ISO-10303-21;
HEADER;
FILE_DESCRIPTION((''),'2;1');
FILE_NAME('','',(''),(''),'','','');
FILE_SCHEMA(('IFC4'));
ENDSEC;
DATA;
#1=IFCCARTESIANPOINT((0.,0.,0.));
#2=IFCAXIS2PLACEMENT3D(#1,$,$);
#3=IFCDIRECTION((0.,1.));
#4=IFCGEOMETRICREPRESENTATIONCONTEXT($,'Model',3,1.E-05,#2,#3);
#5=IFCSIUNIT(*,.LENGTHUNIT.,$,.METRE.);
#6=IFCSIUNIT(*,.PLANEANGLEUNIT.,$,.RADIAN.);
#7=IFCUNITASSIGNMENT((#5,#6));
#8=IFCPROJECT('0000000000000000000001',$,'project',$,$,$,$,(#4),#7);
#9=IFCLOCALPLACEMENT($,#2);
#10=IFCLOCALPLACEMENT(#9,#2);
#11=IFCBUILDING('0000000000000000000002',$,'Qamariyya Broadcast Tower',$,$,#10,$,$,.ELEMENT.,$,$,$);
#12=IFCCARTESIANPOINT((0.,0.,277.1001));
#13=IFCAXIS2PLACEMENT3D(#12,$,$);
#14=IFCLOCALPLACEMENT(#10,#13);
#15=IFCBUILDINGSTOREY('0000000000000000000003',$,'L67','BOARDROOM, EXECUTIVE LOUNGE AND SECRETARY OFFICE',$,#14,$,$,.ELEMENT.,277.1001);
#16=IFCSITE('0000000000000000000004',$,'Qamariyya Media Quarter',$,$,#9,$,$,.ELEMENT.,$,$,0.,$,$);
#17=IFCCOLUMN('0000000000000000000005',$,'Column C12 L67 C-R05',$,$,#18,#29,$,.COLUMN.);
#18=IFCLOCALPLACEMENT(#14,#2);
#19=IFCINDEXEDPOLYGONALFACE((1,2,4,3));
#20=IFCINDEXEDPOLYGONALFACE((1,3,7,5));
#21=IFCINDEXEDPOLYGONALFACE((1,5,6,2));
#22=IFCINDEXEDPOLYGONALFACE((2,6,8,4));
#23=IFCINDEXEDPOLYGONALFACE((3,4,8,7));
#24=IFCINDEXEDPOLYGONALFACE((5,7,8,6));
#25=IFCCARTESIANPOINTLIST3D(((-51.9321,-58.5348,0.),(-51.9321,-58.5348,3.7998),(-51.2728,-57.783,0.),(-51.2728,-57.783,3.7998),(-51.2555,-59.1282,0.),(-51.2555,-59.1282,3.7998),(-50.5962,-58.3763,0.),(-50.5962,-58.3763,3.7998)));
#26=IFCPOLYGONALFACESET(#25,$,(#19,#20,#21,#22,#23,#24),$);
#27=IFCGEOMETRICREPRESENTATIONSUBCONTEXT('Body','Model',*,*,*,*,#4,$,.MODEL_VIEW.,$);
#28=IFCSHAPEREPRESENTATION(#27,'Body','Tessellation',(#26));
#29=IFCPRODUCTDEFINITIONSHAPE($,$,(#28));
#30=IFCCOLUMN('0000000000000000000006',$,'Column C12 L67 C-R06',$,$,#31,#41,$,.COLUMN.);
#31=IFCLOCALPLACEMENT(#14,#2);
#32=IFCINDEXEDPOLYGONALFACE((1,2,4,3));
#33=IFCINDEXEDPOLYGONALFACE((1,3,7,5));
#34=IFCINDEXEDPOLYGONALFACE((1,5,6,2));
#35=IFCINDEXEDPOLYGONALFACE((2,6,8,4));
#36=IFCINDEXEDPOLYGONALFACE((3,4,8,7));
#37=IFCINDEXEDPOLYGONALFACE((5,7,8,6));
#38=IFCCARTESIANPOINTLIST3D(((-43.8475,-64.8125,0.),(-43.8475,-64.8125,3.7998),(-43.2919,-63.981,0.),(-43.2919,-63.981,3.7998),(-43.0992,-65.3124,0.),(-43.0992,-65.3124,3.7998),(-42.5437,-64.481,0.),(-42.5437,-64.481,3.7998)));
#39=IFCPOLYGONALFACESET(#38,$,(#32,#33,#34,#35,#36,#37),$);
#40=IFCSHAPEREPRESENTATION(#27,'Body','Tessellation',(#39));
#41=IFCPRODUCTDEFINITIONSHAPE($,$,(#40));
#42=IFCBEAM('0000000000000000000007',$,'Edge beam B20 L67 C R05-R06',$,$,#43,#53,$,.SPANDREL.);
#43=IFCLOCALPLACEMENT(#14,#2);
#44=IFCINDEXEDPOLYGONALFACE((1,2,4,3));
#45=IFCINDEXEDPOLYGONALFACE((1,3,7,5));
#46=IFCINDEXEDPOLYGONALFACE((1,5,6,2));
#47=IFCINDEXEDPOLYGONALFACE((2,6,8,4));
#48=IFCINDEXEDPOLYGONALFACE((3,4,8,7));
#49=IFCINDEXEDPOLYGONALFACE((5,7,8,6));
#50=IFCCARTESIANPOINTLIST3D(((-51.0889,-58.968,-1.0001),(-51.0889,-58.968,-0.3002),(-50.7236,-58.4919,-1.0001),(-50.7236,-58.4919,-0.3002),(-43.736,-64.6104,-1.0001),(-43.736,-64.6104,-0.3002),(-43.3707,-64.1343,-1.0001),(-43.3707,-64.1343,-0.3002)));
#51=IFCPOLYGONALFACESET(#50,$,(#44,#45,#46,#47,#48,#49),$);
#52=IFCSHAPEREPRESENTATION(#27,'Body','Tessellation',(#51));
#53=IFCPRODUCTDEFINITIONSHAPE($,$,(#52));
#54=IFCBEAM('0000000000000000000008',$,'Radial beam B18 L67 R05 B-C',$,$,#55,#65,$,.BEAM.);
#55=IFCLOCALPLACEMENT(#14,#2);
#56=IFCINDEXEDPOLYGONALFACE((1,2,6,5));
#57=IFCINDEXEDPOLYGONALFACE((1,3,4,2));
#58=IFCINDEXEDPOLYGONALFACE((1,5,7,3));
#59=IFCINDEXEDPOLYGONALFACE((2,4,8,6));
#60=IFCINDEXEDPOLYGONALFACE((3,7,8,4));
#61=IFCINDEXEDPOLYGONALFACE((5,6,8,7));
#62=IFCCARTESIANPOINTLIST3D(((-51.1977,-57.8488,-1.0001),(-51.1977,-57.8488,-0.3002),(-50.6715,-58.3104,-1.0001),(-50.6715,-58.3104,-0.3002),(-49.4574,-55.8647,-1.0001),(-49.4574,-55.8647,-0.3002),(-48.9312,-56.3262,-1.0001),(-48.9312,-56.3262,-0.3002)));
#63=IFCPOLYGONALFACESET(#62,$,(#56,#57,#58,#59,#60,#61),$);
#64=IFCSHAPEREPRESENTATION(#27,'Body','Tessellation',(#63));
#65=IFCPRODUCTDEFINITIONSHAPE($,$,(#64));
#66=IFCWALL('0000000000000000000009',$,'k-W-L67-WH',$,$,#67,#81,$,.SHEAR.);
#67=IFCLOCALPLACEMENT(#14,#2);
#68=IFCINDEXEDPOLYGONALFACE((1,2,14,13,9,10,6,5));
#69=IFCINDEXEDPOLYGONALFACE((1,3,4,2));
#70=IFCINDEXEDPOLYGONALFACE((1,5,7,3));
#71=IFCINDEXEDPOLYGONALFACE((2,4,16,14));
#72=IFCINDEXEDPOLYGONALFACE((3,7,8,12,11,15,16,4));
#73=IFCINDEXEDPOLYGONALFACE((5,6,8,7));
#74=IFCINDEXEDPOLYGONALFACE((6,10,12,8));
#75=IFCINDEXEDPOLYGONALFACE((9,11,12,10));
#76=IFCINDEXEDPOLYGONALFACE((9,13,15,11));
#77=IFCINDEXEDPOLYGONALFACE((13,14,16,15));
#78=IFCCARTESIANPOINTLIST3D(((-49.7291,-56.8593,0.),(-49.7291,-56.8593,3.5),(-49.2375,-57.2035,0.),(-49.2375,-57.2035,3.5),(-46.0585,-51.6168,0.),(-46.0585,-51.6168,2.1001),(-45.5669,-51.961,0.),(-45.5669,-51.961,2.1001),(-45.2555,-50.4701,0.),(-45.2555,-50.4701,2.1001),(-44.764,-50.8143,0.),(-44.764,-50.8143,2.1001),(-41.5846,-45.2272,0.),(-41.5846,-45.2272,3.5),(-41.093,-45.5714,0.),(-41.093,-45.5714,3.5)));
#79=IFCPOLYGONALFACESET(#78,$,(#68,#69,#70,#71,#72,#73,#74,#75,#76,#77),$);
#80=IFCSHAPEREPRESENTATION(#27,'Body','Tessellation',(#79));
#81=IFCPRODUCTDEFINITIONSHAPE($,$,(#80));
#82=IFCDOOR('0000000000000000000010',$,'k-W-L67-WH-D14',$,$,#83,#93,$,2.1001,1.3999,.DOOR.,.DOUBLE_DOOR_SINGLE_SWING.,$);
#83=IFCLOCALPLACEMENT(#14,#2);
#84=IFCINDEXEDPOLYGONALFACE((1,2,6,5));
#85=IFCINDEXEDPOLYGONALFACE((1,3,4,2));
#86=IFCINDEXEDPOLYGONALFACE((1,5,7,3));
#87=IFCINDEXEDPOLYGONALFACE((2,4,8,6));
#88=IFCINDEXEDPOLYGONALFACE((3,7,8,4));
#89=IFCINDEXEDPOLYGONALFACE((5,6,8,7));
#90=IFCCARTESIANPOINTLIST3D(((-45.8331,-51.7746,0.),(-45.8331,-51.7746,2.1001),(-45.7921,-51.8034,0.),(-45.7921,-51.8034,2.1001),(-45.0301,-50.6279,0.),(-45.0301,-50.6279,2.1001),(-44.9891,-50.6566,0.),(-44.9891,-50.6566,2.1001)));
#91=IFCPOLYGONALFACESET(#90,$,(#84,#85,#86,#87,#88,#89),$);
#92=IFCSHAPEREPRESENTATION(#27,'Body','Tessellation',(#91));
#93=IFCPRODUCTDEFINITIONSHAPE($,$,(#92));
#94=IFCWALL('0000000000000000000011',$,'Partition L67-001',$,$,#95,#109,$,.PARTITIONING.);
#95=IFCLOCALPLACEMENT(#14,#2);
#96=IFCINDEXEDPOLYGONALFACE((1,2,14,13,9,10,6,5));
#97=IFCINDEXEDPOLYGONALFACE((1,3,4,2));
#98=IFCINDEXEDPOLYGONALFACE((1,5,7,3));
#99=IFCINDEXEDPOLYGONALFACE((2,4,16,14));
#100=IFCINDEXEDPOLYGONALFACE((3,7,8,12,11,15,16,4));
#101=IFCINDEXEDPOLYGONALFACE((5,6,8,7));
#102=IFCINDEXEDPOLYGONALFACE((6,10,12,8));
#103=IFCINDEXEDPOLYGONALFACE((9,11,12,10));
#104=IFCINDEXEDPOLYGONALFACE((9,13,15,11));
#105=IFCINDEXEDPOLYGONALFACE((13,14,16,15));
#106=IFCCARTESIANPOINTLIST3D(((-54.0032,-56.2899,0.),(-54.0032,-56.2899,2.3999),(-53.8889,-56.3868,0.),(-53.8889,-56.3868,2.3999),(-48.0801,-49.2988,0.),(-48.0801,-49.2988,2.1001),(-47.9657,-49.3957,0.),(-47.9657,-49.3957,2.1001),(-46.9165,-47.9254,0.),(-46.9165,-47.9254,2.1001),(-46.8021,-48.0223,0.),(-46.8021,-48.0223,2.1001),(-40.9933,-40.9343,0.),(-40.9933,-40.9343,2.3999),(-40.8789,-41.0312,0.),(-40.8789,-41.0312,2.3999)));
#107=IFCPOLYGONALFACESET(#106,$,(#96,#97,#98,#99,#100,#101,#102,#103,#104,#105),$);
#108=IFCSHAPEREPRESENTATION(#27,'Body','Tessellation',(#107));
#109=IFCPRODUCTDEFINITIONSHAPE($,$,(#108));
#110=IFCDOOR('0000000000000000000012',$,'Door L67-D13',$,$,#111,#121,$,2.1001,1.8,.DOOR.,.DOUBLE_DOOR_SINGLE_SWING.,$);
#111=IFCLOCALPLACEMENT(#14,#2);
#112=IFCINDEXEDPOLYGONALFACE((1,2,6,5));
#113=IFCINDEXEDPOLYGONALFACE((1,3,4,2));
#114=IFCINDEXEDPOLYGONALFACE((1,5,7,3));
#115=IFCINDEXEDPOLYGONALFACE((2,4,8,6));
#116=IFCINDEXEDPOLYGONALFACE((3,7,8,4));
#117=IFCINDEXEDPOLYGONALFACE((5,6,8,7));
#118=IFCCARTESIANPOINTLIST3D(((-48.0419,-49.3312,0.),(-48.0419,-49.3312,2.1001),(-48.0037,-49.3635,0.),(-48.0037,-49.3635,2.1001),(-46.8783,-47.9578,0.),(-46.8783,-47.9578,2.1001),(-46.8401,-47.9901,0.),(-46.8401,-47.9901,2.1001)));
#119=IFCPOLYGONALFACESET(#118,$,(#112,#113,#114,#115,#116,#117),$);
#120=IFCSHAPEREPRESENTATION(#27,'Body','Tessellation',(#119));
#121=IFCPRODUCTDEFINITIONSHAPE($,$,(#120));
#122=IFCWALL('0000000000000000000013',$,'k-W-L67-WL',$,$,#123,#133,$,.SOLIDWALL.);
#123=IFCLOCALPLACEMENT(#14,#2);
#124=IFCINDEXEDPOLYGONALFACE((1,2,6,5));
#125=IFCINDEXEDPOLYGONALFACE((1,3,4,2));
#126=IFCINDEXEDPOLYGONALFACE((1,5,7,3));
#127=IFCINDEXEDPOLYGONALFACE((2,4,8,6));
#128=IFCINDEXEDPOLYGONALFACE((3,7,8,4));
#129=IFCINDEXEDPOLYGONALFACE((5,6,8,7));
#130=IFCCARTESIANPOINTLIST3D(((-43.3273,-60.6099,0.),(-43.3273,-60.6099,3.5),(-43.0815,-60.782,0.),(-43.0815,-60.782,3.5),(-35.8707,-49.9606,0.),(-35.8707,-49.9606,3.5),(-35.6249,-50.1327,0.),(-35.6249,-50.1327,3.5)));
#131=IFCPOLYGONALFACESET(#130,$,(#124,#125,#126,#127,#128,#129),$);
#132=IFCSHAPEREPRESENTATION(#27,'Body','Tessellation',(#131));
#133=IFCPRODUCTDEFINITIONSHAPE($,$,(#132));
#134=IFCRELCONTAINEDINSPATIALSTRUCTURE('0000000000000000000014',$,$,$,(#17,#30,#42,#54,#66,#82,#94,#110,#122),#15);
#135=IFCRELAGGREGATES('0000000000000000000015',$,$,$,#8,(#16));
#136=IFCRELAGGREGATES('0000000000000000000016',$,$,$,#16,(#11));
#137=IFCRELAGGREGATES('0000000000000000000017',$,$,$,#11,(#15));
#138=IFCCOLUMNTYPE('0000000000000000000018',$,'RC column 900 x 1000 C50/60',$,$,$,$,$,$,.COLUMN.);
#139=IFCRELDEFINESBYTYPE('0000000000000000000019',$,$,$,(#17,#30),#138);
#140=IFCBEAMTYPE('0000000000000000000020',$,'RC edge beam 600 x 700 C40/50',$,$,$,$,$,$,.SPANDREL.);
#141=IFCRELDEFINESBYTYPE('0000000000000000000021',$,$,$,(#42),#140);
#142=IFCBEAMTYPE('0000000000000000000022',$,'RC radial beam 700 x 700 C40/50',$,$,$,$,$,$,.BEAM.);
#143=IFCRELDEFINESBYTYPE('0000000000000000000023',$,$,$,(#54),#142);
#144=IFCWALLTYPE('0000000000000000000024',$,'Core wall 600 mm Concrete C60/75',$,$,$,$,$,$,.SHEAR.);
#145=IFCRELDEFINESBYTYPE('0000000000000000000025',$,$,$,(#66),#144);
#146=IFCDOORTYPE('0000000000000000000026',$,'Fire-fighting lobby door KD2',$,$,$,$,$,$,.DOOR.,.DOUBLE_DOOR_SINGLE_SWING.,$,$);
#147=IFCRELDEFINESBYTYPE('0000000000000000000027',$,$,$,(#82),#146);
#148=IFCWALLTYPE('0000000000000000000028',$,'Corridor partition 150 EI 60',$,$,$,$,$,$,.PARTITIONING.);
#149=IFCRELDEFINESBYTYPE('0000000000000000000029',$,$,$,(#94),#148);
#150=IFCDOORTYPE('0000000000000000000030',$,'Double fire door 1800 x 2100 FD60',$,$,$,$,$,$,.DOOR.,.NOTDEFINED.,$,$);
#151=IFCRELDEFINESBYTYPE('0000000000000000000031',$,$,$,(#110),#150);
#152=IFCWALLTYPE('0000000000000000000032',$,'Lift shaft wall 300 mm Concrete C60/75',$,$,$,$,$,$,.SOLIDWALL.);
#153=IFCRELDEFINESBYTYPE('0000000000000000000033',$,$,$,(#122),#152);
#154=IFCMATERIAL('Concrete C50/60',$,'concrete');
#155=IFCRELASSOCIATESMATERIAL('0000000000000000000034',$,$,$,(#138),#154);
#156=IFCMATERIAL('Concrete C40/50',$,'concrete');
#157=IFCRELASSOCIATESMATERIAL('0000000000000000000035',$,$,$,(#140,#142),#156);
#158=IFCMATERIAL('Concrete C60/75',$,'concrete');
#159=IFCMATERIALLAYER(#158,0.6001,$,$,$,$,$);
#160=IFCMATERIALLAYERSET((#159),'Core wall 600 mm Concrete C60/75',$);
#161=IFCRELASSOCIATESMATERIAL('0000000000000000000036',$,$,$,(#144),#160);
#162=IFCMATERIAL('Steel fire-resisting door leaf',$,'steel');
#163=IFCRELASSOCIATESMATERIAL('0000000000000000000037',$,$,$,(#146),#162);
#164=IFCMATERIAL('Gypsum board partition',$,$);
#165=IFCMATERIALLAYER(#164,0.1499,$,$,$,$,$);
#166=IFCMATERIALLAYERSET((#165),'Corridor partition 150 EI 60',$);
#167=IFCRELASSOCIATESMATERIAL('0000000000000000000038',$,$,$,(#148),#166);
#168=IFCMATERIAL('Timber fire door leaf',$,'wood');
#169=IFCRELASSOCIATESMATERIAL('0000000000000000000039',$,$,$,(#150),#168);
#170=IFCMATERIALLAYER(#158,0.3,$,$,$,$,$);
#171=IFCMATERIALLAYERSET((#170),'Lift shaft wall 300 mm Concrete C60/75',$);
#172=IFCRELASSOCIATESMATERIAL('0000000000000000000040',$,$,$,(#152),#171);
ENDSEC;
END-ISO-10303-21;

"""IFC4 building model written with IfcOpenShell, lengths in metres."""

from ifc_helpers import new_model, si_unit, direction, frame, frame_2d, origin, origin_2d, place, context, subcontext, project, spatial, rectangle, extrude, material, layer, layer_set, material_profile, profile_set, type_object, element, fill, save


model = new_model("IFC4")

# Units and contexts
model_context = context("Model", 3, precision=1e-05, world=origin(), true_north=direction((0.0, 1.0)))
body_context = subcontext(model_context, "Body", "Model", "MODEL_VIEW")
ifc_project = project(units=[si_unit("LENGTHUNIT", "METRE"), si_unit("PLANEANGLEUNIT", "RADIAN")], contexts=[model_context])

# Site, building, storey
site_placement = place(None, origin())
site = spatial("IfcSite", under=ifc_project, at=site_placement, Name="Qamariyya Media Quarter", CompositionType="ELEMENT", RefElevation=0.0)
building_placement = place(site_placement, origin())
building = spatial("IfcBuilding", under=site, at=building_placement, Name="Qamariyya Broadcast Tower", CompositionType="ELEMENT")
storey_placement = place(building_placement, frame((0.0, 0.0, 277.1001)))
storey = spatial("IfcBuildingStorey", under=building, at=storey_placement, Name="L67", Description="BOARDROOM, EXECUTIVE LOUNGE AND SECRETARY OFFICE", CompositionType="ELEMENT", Elevation=277.1001)

# Columns
ifc_material_1 = material(Name="Concrete C50/60", Category="concrete")
ifc_material_profile_1 = material_profile(ifc_material_1, rectangle(XDim=0.8999, YDim=1.0, at=origin_2d()))
ifc_profile_set_1 = profile_set([ifc_material_profile_1], Name="Concrete C50/60")
column_type = type_object("IfcColumnType", Name="RC column 900 x 1000 C50/60", PredefinedType="COLUMN", material=ifc_profile_set_1)
for number, where, z_axis, x_axis, name in (
    (1, (-51.2642, -58.4556, 0.0), (0.0, 0.0, 1.0), (0.75184, -0.659346, 0.0), "Column C12 L67 C-R05"),
    (2, (-43.1956, -64.6467, 0.0), (0.0, 0.0, 1.0), (0.83147, -0.55557, 0.0), "Column C12 L67 C-R06"),
):
    element("IfcColumn", number, at=place(storey_placement, frame(where, z_axis=z_axis, x_axis=x_axis)), inside=storey, type_object=column_type, Name=name, PredefinedType="COLUMN", context=body_context, shape_type="SweptSolid", body=[
        extrude(rectangle(XDim=0.8999, YDim=1.0, at=origin_2d()), origin(), (0.0, 0.0, 1.0), 3.7998),
    ])

# Beams
ifc_material_2 = material(Name="Concrete C40/50", Category="concrete")
ifc_material_profile_2 = material_profile(ifc_material_2, rectangle(XDim=0.6001, YDim=0.7, at=origin_2d()))
ifc_profile_set_2 = profile_set([ifc_material_profile_2], Name="Concrete C40/50")
beam_type_1 = type_object("IfcBeamType", Name="RC edge beam 600 x 700 C40/50", PredefinedType="SPANDREL", material=ifc_profile_set_2)
beam_1_placement = place(storey_placement, frame((-50.9062, -58.73, -0.6501), z_axis=(0.793335, -0.608785, 0.0), x_axis=(0.608785, 0.793335, 0.0)))
element("IfcBeam", 3, at=beam_1_placement, inside=storey, type_object=beam_type_1, Name="Edge beam B20 L67 C R05-R06", PredefinedType="SPANDREL", context=body_context, shape_type="SweptSolid", body=[
    extrude(rectangle(XDim=0.6001, YDim=0.7, at=origin_2d()), origin(), (0.0, 0.0, 1.0), 9.2683),
])
ifc_material_profile_3 = material_profile(ifc_material_2, rectangle(XDim=0.7, YDim=0.7, at=origin_2d()))
ifc_profile_set_3 = profile_set([ifc_material_profile_3], Name="Concrete C40/50")
beam_type_2 = type_object("IfcBeamType", Name="RC radial beam 700 x 700 C40/50", PredefinedType="BEAM", material=ifc_profile_set_3)
beam_2_placement = place(storey_placement, frame((-49.1943, -56.0955, -0.6501), z_axis=(-0.659388, -0.751803, 0.0), x_axis=(0.751803, -0.659388, 0.0)))
element("IfcBeam", 4, at=beam_2_placement, inside=storey, type_object=beam_type_2, Name="Radial beam B18 L67 R05 B-C", PredefinedType="BEAM", context=body_context, shape_type="SweptSolid", body=[
    extrude(rectangle(XDim=0.7, YDim=0.7, at=origin_2d()), origin(), (0.0, 0.0, 1.0), 2.6392),
])

# Walls, openings, doors
ifc_material_3 = material(Name="Concrete C60/75", Category="concrete")
ifc_layer_1 = layer(ifc_material_3, 0.6001)
ifc_layer_set_1 = layer_set([ifc_layer_1], Name="Core wall 600 mm Concrete C60/75")
wall_type_1 = type_object("IfcWallType", Name="Core wall 600 mm Concrete C60/75", PredefinedType="SHEAR", material=ifc_layer_set_1)
wall_1_placement = place(storey_placement, frame((-49.4834, -57.0315, 0.0), z_axis=(0.0, 0.0, 1.0), x_axis=(0.57356, 0.819163, 0.0)))
wall_1 = element("IfcWall", 5, at=wall_1_placement, inside=storey, type_object=wall_type_1, Name="k-W-L67-WH", PredefinedType="SHEAR", context=body_context, shape_type="SweptSolid", body=[
    extrude(rectangle(XDim=14.2, YDim=0.6001, at=frame_2d((7.1001, 0.0))), origin(), (0.0, 0.0, 1.0), 3.5),
])
opening_1_placement = place(wall_1_placement, frame((6.3999, 0.0, 0.0)))
opening_1 = element("IfcOpeningElement", 6, at=opening_1_placement, cuts=wall_1, PredefinedType="OPENING", context=body_context, shape_type="SweptSolid", body=[
    extrude(rectangle(XDim=1.3999, YDim=2.1001, at=frame_2d((0.7, 1.05))), frame((0.0, 0.3101, 0.0), z_axis=(0.0, -1.0, 0.0), x_axis=(1.0, 0.0, 0.0)), (0.0, 0.0, 1.0), 0.6201),
])
ifc_material_4 = material(Name="Steel fire-resisting door leaf", Category="steel")
door_type_1 = type_object("IfcDoorType", Name="Fire-fighting lobby door KD2", OperationType="DOUBLE_DOOR_SINGLE_SWING", PredefinedType="DOOR", material=ifc_material_4)
door_1_placement = place(opening_1_placement, origin())
door_1 = element("IfcDoor", 7, at=door_1_placement, inside=storey, type_object=door_type_1, Name="k-W-L67-WH-D14", OperationType="DOUBLE_DOOR_SINGLE_SWING", OverallHeight=2.1001, OverallWidth=1.3999, PredefinedType="DOOR", context=body_context, shape_type="SweptSolid", body=[
    extrude(rectangle(XDim=1.3999, YDim=2.1001, at=frame_2d((0.7, 1.05))), frame((0.0, 0.0249, 0.0), z_axis=(0.0, -1.0, 0.0), x_axis=(1.0, 0.0, 0.0)), (0.0, 0.0, 1.0), 0.05),
])
fill(opening_1, door_1)
ifc_material_5 = material(Name="Gypsum board partition")
ifc_layer_2 = layer(ifc_material_5, 0.1499)
ifc_layer_set_2 = layer_set([ifc_layer_2], Name="Corridor partition 150 EI 60")
wall_type_2 = type_object("IfcWallType", Name="Corridor partition 150 EI 60", PredefinedType="PARTITIONING", material=ifc_layer_set_2)
wall_2_placement = place(storey_placement, frame((-53.946, -56.3384, 0.0), z_axis=(0.0, 0.0, 1.0), x_axis=(0.646426, 0.762977, 0.0)))
wall_2 = element("IfcWall", 8, at=wall_2_placement, inside=storey, type_object=wall_type_2, Name="Partition L67-001", PredefinedType="PARTITIONING", context=body_context, shape_type="SweptSolid", body=[
    extrude(rectangle(XDim=20.126, YDim=0.1499, at=frame_2d((10.063, 0.0))), origin(), (0.0, 0.0, 1.0), 2.3999),
])
opening_2_placement = place(wall_2_placement, frame((9.1631, 0.0, 0.0)))
opening_2 = element("IfcOpeningElement", 9, at=opening_2_placement, cuts=wall_2, PredefinedType="OPENING", context=body_context, shape_type="SweptSolid", body=[
    extrude(rectangle(XDim=1.8, YDim=2.1001, at=frame_2d((0.8999, 1.05))), frame((0.0, 0.085, 0.0), z_axis=(0.0, -1.0, 0.0), x_axis=(1.0, 0.0, 0.0)), (0.0, 0.0, 1.0), 0.1699),
])
ifc_material_6 = material(Name="Timber fire door leaf", Category="wood")
door_type_2 = type_object("IfcDoorType", Name="Double fire door 1800 x 2100 FD60", OperationType="NOTDEFINED", PredefinedType="DOOR", material=ifc_material_6)
door_2_placement = place(opening_2_placement, origin())
door_2 = element("IfcDoor", 10, at=door_2_placement, inside=storey, type_object=door_type_2, Name="Door L67-D13", OperationType="DOUBLE_DOOR_SINGLE_SWING", OverallHeight=2.1001, OverallWidth=1.8, PredefinedType="DOOR", context=body_context, shape_type="SweptSolid", body=[
    extrude(rectangle(XDim=1.8, YDim=2.1001, at=frame_2d((0.8999, 1.05))), frame((0.0, 0.0249, 0.0), z_axis=(0.0, -1.0, 0.0), x_axis=(1.0, 0.0, 0.0)), (0.0, 0.0, 1.0), 0.05),
])
fill(opening_2, door_2)

# Wall
ifc_layer_3 = layer(ifc_material_3, 0.3)
ifc_layer_set_3 = layer_set([ifc_layer_3], Name="Lift shaft wall 300 mm Concrete C60/75")
wall_type_3 = type_object("IfcWallType", Name="Lift shaft wall 300 mm Concrete C60/75", PredefinedType="SOLIDWALL", material=ifc_layer_set_3)
wall_3_placement = place(storey_placement, frame((-43.2043, -60.6958, 0.0), z_axis=(0.0, 0.0, 1.0), x_axis=(0.573572, 0.819155, 0.0)))
element("IfcWall", 11, at=wall_3_placement, inside=storey, type_object=wall_type_3, Name="k-W-L67-WL", PredefinedType="SOLIDWALL", context=body_context, shape_type="SweptSolid", body=[
    extrude(rectangle(XDim=13.0002, YDim=0.3, at=frame_2d((6.5, 0.0))), origin(), (0.0, 0.0, 1.0), 3.5),
])

save(model, "model.ifc")
